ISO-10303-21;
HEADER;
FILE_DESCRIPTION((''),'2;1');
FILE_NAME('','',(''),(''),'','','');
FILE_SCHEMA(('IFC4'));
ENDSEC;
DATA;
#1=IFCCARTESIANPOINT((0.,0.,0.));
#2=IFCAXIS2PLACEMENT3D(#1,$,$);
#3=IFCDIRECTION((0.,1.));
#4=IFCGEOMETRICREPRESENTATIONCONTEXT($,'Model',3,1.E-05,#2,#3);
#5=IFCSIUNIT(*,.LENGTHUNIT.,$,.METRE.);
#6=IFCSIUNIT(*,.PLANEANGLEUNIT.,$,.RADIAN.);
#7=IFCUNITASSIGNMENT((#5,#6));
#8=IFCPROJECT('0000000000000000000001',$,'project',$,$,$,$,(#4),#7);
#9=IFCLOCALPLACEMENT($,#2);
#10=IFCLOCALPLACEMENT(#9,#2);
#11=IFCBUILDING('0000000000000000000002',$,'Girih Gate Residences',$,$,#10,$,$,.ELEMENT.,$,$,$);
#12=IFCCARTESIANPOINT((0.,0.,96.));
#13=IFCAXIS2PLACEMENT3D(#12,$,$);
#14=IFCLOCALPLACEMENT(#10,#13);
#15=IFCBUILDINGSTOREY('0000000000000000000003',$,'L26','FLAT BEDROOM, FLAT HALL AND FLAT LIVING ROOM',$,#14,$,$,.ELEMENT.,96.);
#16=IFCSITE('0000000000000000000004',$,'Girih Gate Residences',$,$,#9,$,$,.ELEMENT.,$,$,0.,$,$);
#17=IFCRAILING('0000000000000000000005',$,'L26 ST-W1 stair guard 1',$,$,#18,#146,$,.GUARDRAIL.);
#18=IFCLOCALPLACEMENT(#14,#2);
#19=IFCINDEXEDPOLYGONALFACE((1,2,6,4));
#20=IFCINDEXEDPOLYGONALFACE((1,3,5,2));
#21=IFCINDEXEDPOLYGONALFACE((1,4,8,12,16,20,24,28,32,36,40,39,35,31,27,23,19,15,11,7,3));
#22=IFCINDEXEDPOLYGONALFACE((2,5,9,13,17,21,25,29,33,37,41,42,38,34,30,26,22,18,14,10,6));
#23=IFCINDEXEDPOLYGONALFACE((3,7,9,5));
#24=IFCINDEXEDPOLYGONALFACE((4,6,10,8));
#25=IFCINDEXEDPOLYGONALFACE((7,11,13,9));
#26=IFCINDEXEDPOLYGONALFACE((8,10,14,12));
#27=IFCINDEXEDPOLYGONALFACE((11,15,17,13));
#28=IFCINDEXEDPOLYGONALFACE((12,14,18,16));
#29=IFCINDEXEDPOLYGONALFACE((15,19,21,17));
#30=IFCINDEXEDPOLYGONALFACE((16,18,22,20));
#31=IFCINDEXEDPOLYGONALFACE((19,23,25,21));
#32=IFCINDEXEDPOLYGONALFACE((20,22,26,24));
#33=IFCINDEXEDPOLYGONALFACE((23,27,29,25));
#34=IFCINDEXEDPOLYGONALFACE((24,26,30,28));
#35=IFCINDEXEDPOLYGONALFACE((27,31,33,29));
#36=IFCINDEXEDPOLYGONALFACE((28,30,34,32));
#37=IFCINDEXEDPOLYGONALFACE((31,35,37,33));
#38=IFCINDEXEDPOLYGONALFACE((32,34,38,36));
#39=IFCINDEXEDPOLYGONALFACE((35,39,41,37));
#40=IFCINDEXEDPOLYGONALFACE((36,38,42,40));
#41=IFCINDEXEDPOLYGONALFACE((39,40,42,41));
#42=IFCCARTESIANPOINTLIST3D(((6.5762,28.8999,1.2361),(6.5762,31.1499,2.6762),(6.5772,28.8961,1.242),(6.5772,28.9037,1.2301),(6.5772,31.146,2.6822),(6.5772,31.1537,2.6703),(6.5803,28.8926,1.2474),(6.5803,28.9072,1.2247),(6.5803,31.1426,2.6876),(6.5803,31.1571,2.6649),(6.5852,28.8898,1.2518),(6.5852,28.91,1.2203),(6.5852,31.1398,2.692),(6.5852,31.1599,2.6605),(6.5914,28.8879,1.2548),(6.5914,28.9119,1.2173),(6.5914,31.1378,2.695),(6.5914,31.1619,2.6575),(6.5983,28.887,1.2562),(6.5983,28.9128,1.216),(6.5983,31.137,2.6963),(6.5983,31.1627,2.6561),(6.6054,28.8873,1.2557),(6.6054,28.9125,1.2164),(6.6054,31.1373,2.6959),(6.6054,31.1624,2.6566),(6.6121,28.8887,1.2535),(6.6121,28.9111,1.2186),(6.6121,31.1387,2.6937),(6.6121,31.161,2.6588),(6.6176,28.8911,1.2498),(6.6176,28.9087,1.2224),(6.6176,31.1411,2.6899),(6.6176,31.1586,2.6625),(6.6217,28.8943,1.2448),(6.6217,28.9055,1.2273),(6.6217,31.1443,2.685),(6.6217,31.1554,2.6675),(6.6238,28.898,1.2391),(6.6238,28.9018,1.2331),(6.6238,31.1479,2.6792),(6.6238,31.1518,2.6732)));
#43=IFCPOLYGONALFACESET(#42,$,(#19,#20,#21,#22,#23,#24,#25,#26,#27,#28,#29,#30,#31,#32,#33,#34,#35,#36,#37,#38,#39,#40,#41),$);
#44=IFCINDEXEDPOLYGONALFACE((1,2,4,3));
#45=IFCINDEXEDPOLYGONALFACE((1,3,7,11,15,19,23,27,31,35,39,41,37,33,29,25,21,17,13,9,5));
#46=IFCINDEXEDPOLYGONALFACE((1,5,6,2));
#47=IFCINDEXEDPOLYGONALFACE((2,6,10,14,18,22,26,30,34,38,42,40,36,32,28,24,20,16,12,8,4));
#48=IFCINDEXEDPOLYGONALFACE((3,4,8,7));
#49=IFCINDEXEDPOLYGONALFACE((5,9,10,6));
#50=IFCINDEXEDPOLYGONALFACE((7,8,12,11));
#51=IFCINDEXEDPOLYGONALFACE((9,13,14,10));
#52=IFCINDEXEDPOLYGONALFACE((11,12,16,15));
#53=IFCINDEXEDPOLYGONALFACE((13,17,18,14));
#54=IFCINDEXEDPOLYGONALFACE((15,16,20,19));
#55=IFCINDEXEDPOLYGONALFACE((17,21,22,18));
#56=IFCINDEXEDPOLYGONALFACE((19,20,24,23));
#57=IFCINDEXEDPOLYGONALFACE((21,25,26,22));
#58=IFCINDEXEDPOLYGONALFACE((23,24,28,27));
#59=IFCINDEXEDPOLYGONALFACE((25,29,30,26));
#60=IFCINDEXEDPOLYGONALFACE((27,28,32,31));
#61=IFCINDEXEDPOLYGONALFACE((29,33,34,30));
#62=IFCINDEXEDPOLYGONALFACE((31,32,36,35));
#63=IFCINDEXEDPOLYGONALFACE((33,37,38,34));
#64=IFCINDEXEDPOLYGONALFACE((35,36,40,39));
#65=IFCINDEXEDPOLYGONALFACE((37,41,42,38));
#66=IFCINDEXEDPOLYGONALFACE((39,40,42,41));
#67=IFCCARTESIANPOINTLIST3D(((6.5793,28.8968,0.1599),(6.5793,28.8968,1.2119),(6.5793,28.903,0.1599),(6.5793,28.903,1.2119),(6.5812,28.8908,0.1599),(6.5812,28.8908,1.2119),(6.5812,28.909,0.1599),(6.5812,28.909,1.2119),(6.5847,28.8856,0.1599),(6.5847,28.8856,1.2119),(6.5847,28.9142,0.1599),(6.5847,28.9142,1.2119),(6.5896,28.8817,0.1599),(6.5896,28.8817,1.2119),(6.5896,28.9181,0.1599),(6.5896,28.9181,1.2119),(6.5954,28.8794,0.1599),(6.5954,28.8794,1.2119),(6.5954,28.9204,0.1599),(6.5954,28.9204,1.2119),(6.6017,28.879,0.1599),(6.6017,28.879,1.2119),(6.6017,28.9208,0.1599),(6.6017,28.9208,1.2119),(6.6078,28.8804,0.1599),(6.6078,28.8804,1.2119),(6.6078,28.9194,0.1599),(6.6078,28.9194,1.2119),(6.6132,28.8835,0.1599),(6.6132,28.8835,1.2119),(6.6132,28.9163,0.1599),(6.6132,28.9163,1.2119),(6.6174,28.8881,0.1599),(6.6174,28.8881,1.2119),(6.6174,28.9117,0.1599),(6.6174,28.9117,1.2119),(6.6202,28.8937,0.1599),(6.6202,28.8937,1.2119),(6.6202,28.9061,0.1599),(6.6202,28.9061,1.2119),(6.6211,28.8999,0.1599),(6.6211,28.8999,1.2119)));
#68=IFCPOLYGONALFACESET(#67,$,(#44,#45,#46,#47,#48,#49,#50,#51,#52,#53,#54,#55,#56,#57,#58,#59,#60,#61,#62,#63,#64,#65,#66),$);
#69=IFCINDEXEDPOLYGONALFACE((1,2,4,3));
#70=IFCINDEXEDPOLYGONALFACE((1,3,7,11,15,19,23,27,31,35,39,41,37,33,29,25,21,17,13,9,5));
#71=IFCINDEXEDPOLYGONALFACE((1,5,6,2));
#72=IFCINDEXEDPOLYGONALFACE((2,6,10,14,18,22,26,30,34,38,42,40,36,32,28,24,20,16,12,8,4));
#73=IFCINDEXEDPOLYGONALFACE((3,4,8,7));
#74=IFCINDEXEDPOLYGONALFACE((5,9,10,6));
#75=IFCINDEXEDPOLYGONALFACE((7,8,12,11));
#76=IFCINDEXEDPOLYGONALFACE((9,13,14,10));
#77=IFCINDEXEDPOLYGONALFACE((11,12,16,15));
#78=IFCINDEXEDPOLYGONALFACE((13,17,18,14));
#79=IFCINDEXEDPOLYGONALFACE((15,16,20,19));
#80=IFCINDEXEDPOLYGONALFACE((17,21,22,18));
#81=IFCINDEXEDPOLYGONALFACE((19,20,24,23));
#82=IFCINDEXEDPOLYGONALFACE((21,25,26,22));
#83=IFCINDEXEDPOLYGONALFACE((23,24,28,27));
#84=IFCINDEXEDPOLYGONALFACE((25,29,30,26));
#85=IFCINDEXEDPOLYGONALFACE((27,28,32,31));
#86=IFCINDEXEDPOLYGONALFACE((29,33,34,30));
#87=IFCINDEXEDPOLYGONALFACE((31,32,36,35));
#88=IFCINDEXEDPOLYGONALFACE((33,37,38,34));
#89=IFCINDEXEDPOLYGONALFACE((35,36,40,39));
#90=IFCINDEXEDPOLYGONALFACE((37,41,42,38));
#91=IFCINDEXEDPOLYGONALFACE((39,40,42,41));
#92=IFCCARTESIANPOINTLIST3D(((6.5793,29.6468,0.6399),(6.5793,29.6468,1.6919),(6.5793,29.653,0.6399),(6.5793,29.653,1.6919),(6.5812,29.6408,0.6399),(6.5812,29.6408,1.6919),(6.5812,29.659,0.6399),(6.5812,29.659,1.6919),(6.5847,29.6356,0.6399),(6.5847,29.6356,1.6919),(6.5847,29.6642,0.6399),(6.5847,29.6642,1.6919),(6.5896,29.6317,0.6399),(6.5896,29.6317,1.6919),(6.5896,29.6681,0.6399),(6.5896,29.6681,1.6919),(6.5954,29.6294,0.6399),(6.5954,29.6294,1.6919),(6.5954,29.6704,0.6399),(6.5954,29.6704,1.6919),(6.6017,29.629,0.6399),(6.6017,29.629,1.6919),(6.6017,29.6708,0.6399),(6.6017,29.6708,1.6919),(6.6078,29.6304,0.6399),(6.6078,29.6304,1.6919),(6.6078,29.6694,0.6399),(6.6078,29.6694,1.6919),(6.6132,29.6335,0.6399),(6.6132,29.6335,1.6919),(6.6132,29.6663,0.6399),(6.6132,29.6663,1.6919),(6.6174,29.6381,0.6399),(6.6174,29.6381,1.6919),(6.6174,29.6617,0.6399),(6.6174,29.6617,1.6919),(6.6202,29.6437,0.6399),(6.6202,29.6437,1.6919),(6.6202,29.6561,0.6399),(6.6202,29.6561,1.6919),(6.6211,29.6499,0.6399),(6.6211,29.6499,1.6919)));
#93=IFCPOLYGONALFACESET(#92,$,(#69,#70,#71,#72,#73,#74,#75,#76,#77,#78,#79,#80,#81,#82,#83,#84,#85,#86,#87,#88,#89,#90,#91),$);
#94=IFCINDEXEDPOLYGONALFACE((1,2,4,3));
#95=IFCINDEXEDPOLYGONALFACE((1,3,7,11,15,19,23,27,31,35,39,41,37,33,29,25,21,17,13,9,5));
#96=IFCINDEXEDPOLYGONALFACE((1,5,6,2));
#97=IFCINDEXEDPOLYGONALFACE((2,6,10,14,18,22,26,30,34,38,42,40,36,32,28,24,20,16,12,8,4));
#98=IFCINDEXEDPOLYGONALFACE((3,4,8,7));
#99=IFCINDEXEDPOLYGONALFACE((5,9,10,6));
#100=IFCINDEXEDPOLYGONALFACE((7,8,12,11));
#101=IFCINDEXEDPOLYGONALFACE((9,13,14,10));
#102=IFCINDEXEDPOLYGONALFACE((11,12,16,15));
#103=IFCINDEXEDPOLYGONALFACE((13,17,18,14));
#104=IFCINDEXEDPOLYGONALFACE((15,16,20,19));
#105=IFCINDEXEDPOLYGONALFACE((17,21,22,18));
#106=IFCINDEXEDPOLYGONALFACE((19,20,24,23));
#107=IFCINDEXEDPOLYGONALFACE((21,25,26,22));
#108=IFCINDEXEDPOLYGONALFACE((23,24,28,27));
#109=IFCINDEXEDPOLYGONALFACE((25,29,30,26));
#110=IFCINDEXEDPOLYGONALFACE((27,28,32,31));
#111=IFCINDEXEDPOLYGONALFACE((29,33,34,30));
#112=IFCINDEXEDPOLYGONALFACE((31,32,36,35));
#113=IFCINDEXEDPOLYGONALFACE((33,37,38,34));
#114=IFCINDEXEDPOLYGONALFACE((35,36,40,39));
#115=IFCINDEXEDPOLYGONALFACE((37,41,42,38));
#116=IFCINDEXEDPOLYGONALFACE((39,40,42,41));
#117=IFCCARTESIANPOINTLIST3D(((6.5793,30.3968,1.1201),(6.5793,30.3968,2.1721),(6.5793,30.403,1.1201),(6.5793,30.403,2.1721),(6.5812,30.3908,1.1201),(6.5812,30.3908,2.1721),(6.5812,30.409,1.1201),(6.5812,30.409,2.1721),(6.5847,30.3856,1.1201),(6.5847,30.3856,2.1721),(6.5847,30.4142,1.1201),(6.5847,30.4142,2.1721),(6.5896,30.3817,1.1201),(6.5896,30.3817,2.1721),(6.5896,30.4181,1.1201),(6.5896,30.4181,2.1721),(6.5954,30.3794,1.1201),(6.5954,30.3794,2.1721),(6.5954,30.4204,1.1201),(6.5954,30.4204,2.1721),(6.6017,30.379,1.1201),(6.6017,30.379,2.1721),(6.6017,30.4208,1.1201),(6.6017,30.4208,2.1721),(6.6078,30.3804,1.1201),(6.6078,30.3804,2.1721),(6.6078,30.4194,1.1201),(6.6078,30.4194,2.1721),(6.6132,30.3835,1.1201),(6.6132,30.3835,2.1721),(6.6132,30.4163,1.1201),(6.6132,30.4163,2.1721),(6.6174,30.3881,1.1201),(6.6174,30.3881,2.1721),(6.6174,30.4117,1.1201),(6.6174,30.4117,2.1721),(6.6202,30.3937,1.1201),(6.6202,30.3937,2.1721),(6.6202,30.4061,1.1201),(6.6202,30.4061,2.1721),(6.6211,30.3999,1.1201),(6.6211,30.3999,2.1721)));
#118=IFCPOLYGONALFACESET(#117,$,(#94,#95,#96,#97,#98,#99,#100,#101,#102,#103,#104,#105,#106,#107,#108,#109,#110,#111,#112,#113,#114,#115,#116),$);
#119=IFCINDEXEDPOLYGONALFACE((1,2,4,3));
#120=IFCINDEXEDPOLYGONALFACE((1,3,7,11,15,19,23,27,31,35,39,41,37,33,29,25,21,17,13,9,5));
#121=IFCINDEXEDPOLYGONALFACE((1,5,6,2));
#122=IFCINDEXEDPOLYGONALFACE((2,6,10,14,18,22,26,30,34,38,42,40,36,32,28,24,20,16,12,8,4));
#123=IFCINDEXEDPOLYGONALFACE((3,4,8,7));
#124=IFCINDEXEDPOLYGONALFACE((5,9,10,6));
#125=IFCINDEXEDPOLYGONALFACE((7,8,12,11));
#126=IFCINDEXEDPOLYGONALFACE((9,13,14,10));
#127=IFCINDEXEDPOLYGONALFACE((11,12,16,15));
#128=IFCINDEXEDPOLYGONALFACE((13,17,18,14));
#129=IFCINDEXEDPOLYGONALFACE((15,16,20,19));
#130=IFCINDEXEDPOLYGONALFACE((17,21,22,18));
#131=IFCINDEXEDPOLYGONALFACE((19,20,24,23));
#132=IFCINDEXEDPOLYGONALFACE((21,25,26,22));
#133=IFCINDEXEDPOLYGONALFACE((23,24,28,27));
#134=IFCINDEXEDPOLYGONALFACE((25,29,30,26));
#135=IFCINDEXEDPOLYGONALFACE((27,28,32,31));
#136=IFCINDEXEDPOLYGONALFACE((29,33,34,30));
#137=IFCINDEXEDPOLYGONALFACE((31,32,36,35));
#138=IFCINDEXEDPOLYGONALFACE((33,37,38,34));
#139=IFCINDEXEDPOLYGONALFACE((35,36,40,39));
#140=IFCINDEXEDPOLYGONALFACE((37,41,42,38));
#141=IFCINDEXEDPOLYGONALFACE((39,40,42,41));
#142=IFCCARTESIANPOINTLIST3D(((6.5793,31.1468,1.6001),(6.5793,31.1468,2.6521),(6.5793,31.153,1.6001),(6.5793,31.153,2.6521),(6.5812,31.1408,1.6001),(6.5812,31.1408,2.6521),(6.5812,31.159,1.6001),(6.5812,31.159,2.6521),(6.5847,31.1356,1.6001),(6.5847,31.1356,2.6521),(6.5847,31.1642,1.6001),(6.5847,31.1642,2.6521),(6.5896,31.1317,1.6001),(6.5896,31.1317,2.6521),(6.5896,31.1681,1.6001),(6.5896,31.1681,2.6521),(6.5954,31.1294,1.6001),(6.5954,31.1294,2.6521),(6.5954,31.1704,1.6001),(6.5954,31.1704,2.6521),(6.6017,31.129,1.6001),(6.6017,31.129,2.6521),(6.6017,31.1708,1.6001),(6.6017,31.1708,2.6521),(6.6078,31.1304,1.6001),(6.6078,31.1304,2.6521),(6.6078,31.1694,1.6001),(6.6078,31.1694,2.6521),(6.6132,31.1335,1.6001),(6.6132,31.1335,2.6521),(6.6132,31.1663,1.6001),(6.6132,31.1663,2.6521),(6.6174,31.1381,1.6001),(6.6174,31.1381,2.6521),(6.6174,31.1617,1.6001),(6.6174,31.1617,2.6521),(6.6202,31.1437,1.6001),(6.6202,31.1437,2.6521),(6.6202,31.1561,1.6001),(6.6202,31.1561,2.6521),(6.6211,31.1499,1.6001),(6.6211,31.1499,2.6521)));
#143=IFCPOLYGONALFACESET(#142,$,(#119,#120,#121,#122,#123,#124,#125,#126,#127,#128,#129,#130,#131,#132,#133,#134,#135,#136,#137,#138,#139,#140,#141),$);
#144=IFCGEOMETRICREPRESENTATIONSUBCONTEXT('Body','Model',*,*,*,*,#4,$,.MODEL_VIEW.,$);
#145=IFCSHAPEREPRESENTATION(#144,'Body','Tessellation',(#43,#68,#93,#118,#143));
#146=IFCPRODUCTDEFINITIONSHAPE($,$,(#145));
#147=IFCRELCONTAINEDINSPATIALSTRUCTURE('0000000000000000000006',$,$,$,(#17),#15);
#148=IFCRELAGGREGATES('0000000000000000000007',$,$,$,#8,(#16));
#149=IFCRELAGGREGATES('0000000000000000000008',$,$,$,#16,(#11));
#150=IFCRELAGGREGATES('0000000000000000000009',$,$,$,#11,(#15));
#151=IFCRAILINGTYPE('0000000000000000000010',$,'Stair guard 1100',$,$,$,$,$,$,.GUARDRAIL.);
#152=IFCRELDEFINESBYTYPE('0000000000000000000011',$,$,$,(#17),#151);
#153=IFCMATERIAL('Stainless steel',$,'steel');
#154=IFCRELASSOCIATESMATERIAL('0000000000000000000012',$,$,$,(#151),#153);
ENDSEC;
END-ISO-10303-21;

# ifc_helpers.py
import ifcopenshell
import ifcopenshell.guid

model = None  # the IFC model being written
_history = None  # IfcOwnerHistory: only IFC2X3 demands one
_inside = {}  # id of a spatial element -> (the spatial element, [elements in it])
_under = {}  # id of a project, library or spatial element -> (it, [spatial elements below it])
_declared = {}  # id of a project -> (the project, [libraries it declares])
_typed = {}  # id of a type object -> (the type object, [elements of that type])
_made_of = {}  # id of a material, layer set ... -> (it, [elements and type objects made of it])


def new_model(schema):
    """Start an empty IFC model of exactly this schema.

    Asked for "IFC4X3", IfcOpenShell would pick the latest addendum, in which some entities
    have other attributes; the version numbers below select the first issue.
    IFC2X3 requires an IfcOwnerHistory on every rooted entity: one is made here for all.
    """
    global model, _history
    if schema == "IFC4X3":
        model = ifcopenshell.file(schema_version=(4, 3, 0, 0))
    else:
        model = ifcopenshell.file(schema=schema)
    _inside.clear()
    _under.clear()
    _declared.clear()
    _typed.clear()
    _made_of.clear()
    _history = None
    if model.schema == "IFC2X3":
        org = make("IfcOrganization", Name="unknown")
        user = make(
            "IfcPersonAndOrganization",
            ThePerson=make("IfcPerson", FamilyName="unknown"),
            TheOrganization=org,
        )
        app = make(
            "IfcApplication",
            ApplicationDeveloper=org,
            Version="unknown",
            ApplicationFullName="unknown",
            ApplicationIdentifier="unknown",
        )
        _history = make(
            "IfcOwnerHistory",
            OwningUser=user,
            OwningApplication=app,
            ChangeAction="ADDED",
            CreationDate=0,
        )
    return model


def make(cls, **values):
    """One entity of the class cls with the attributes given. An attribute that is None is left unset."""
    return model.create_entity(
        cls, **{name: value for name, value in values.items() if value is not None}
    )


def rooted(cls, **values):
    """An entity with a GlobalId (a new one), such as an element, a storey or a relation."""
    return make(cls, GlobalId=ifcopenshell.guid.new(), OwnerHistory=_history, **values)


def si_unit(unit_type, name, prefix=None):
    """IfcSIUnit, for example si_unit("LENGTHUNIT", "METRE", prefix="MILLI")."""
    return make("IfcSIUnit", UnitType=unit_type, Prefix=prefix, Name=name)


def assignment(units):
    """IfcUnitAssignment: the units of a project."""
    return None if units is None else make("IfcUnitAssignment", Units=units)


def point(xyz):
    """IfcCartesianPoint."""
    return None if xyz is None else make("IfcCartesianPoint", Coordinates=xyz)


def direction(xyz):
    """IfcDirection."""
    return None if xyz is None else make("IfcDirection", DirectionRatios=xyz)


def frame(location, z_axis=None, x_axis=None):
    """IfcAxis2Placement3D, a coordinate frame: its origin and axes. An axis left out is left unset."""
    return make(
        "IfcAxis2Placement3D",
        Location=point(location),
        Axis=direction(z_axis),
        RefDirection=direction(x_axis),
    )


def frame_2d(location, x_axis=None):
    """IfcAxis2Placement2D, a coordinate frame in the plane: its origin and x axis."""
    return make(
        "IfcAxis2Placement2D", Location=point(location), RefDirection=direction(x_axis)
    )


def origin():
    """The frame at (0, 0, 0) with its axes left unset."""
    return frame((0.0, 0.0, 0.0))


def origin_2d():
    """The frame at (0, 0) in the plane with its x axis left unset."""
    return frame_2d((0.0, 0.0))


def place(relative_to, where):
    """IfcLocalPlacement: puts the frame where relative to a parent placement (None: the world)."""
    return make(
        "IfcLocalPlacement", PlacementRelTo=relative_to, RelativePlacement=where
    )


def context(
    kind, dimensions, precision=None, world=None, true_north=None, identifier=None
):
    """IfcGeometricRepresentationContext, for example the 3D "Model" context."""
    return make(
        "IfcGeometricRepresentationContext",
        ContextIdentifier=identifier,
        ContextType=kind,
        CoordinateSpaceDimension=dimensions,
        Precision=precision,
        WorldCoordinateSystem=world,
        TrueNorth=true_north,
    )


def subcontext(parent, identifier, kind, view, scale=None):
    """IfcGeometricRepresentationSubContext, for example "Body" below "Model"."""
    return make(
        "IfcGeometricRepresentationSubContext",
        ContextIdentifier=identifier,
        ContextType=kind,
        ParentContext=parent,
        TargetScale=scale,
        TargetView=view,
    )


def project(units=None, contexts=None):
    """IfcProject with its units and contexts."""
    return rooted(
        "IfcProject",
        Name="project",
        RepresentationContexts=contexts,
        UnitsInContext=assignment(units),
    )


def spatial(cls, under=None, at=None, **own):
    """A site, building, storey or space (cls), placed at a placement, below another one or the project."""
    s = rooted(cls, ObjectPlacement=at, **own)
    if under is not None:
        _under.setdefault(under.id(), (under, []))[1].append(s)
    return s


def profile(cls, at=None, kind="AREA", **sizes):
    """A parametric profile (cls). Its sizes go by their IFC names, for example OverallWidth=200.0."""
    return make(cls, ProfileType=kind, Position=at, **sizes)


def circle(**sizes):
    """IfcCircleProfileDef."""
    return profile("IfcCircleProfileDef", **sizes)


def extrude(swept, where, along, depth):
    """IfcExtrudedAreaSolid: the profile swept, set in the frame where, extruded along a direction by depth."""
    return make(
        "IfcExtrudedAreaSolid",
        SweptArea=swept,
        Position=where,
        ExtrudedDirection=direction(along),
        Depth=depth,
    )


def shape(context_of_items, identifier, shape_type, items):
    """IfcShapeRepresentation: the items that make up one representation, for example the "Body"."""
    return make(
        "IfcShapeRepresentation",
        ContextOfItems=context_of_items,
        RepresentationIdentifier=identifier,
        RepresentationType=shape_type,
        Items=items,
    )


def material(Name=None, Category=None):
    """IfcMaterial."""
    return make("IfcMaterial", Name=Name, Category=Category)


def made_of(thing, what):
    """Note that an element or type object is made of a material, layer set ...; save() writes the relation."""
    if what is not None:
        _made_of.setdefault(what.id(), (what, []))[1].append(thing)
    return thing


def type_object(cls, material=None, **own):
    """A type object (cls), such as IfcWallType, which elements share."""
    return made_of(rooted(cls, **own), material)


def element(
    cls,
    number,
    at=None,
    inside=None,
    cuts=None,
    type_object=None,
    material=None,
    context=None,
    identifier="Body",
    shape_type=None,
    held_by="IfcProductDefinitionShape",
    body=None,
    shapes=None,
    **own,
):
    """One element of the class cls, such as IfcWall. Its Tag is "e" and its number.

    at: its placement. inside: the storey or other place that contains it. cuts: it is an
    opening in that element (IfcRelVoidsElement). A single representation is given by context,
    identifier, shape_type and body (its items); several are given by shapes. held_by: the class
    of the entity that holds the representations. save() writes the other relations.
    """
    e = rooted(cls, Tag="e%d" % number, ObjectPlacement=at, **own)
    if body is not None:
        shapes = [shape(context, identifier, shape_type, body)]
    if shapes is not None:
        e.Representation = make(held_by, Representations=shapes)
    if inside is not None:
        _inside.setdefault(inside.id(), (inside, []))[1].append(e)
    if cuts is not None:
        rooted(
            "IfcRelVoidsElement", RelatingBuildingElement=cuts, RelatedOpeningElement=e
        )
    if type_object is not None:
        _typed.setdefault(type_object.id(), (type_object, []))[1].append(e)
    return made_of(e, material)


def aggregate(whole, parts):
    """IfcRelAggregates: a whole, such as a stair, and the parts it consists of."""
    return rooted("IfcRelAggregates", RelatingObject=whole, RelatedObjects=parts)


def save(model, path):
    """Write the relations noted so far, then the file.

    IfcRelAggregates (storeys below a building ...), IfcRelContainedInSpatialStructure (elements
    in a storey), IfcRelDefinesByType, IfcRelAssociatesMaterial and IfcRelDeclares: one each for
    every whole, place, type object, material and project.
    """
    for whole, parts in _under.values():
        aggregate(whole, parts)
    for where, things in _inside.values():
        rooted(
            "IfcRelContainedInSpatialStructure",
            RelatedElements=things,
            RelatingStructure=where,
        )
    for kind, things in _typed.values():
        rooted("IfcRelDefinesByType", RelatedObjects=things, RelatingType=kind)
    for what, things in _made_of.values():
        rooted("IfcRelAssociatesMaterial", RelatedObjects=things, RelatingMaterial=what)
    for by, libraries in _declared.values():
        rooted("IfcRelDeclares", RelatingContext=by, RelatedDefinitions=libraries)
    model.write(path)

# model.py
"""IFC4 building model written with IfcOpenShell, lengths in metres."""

from ifc_helpers import new_model, si_unit, direction, frame, origin, origin_2d, place, context, subcontext, project, spatial, circle, extrude, material, type_object, element, save


model = new_model("IFC4")

# Units and contexts
model_context = context("Model", 3, precision=1e-05, world=origin(), true_north=direction((0.0, 1.0)))
body_context = subcontext(model_context, "Body", "Model", "MODEL_VIEW")
ifc_project = project(units=[si_unit("LENGTHUNIT", "METRE"), si_unit("PLANEANGLEUNIT", "RADIAN")], contexts=[model_context])

# Site, building, storey
site_placement = place(None, origin())
site = spatial("IfcSite", under=ifc_project, at=site_placement, Name="Girih Gate Residences", CompositionType="ELEMENT", RefElevation=0.0)
building_placement = place(site_placement, origin())
building = spatial("IfcBuilding", under=site, at=building_placement, Name="Girih Gate Residences", CompositionType="ELEMENT")
storey_placement = place(building_placement, frame((0.0, 0.0, 96.0)))
storey = spatial("IfcBuildingStorey", under=building, at=storey_placement, Name="L26", Description="FLAT BEDROOM, FLAT HALL AND FLAT LIVING ROOM", CompositionType="ELEMENT", Elevation=96.0)

# Railing
ifc_material_1 = material(Name="Stainless steel", Category="steel")
railing_type_1 = type_object("IfcRailingType", Name="Stair guard 1100", PredefinedType="GUARDRAIL", material=ifc_material_1)
railing_1_placement = place(storey_placement, frame((6.6001, 28.8999, 0.1599)))
element("IfcRailing", 1, at=railing_1_placement, inside=storey, type_object=railing_type_1, Name="L26 ST-W1 stair guard 1", PredefinedType="GUARDRAIL", context=body_context, shape_type="SweptSolid", body=[
    extrude(circle(Radius=0.0239, at=origin_2d()), frame((0.0, 0.0, 1.0762), z_axis=(0.0, 0.84224, 0.539103), x_axis=(-1.0, 0.0, 0.0)), (0.0, 0.0, 1.0), 2.6714),
    extrude(circle(Radius=0.021, at=origin_2d()), origin(), (0.0, 0.0, 1.0), 1.052),
    extrude(circle(Radius=0.021, at=origin_2d()), frame((0.0, 0.75, 0.48)), (0.0, 0.0, 1.0), 1.052),
    extrude(circle(Radius=0.021, at=origin_2d()), frame((0.0, 1.5, 0.9602)), (0.0, 0.0, 1.0), 1.052),
    extrude(circle(Radius=0.021, at=origin_2d()), frame((0.0, 2.25, 1.4402)), (0.0, 0.0, 1.0), 1.052),
])

save(model, "model.ifc")
